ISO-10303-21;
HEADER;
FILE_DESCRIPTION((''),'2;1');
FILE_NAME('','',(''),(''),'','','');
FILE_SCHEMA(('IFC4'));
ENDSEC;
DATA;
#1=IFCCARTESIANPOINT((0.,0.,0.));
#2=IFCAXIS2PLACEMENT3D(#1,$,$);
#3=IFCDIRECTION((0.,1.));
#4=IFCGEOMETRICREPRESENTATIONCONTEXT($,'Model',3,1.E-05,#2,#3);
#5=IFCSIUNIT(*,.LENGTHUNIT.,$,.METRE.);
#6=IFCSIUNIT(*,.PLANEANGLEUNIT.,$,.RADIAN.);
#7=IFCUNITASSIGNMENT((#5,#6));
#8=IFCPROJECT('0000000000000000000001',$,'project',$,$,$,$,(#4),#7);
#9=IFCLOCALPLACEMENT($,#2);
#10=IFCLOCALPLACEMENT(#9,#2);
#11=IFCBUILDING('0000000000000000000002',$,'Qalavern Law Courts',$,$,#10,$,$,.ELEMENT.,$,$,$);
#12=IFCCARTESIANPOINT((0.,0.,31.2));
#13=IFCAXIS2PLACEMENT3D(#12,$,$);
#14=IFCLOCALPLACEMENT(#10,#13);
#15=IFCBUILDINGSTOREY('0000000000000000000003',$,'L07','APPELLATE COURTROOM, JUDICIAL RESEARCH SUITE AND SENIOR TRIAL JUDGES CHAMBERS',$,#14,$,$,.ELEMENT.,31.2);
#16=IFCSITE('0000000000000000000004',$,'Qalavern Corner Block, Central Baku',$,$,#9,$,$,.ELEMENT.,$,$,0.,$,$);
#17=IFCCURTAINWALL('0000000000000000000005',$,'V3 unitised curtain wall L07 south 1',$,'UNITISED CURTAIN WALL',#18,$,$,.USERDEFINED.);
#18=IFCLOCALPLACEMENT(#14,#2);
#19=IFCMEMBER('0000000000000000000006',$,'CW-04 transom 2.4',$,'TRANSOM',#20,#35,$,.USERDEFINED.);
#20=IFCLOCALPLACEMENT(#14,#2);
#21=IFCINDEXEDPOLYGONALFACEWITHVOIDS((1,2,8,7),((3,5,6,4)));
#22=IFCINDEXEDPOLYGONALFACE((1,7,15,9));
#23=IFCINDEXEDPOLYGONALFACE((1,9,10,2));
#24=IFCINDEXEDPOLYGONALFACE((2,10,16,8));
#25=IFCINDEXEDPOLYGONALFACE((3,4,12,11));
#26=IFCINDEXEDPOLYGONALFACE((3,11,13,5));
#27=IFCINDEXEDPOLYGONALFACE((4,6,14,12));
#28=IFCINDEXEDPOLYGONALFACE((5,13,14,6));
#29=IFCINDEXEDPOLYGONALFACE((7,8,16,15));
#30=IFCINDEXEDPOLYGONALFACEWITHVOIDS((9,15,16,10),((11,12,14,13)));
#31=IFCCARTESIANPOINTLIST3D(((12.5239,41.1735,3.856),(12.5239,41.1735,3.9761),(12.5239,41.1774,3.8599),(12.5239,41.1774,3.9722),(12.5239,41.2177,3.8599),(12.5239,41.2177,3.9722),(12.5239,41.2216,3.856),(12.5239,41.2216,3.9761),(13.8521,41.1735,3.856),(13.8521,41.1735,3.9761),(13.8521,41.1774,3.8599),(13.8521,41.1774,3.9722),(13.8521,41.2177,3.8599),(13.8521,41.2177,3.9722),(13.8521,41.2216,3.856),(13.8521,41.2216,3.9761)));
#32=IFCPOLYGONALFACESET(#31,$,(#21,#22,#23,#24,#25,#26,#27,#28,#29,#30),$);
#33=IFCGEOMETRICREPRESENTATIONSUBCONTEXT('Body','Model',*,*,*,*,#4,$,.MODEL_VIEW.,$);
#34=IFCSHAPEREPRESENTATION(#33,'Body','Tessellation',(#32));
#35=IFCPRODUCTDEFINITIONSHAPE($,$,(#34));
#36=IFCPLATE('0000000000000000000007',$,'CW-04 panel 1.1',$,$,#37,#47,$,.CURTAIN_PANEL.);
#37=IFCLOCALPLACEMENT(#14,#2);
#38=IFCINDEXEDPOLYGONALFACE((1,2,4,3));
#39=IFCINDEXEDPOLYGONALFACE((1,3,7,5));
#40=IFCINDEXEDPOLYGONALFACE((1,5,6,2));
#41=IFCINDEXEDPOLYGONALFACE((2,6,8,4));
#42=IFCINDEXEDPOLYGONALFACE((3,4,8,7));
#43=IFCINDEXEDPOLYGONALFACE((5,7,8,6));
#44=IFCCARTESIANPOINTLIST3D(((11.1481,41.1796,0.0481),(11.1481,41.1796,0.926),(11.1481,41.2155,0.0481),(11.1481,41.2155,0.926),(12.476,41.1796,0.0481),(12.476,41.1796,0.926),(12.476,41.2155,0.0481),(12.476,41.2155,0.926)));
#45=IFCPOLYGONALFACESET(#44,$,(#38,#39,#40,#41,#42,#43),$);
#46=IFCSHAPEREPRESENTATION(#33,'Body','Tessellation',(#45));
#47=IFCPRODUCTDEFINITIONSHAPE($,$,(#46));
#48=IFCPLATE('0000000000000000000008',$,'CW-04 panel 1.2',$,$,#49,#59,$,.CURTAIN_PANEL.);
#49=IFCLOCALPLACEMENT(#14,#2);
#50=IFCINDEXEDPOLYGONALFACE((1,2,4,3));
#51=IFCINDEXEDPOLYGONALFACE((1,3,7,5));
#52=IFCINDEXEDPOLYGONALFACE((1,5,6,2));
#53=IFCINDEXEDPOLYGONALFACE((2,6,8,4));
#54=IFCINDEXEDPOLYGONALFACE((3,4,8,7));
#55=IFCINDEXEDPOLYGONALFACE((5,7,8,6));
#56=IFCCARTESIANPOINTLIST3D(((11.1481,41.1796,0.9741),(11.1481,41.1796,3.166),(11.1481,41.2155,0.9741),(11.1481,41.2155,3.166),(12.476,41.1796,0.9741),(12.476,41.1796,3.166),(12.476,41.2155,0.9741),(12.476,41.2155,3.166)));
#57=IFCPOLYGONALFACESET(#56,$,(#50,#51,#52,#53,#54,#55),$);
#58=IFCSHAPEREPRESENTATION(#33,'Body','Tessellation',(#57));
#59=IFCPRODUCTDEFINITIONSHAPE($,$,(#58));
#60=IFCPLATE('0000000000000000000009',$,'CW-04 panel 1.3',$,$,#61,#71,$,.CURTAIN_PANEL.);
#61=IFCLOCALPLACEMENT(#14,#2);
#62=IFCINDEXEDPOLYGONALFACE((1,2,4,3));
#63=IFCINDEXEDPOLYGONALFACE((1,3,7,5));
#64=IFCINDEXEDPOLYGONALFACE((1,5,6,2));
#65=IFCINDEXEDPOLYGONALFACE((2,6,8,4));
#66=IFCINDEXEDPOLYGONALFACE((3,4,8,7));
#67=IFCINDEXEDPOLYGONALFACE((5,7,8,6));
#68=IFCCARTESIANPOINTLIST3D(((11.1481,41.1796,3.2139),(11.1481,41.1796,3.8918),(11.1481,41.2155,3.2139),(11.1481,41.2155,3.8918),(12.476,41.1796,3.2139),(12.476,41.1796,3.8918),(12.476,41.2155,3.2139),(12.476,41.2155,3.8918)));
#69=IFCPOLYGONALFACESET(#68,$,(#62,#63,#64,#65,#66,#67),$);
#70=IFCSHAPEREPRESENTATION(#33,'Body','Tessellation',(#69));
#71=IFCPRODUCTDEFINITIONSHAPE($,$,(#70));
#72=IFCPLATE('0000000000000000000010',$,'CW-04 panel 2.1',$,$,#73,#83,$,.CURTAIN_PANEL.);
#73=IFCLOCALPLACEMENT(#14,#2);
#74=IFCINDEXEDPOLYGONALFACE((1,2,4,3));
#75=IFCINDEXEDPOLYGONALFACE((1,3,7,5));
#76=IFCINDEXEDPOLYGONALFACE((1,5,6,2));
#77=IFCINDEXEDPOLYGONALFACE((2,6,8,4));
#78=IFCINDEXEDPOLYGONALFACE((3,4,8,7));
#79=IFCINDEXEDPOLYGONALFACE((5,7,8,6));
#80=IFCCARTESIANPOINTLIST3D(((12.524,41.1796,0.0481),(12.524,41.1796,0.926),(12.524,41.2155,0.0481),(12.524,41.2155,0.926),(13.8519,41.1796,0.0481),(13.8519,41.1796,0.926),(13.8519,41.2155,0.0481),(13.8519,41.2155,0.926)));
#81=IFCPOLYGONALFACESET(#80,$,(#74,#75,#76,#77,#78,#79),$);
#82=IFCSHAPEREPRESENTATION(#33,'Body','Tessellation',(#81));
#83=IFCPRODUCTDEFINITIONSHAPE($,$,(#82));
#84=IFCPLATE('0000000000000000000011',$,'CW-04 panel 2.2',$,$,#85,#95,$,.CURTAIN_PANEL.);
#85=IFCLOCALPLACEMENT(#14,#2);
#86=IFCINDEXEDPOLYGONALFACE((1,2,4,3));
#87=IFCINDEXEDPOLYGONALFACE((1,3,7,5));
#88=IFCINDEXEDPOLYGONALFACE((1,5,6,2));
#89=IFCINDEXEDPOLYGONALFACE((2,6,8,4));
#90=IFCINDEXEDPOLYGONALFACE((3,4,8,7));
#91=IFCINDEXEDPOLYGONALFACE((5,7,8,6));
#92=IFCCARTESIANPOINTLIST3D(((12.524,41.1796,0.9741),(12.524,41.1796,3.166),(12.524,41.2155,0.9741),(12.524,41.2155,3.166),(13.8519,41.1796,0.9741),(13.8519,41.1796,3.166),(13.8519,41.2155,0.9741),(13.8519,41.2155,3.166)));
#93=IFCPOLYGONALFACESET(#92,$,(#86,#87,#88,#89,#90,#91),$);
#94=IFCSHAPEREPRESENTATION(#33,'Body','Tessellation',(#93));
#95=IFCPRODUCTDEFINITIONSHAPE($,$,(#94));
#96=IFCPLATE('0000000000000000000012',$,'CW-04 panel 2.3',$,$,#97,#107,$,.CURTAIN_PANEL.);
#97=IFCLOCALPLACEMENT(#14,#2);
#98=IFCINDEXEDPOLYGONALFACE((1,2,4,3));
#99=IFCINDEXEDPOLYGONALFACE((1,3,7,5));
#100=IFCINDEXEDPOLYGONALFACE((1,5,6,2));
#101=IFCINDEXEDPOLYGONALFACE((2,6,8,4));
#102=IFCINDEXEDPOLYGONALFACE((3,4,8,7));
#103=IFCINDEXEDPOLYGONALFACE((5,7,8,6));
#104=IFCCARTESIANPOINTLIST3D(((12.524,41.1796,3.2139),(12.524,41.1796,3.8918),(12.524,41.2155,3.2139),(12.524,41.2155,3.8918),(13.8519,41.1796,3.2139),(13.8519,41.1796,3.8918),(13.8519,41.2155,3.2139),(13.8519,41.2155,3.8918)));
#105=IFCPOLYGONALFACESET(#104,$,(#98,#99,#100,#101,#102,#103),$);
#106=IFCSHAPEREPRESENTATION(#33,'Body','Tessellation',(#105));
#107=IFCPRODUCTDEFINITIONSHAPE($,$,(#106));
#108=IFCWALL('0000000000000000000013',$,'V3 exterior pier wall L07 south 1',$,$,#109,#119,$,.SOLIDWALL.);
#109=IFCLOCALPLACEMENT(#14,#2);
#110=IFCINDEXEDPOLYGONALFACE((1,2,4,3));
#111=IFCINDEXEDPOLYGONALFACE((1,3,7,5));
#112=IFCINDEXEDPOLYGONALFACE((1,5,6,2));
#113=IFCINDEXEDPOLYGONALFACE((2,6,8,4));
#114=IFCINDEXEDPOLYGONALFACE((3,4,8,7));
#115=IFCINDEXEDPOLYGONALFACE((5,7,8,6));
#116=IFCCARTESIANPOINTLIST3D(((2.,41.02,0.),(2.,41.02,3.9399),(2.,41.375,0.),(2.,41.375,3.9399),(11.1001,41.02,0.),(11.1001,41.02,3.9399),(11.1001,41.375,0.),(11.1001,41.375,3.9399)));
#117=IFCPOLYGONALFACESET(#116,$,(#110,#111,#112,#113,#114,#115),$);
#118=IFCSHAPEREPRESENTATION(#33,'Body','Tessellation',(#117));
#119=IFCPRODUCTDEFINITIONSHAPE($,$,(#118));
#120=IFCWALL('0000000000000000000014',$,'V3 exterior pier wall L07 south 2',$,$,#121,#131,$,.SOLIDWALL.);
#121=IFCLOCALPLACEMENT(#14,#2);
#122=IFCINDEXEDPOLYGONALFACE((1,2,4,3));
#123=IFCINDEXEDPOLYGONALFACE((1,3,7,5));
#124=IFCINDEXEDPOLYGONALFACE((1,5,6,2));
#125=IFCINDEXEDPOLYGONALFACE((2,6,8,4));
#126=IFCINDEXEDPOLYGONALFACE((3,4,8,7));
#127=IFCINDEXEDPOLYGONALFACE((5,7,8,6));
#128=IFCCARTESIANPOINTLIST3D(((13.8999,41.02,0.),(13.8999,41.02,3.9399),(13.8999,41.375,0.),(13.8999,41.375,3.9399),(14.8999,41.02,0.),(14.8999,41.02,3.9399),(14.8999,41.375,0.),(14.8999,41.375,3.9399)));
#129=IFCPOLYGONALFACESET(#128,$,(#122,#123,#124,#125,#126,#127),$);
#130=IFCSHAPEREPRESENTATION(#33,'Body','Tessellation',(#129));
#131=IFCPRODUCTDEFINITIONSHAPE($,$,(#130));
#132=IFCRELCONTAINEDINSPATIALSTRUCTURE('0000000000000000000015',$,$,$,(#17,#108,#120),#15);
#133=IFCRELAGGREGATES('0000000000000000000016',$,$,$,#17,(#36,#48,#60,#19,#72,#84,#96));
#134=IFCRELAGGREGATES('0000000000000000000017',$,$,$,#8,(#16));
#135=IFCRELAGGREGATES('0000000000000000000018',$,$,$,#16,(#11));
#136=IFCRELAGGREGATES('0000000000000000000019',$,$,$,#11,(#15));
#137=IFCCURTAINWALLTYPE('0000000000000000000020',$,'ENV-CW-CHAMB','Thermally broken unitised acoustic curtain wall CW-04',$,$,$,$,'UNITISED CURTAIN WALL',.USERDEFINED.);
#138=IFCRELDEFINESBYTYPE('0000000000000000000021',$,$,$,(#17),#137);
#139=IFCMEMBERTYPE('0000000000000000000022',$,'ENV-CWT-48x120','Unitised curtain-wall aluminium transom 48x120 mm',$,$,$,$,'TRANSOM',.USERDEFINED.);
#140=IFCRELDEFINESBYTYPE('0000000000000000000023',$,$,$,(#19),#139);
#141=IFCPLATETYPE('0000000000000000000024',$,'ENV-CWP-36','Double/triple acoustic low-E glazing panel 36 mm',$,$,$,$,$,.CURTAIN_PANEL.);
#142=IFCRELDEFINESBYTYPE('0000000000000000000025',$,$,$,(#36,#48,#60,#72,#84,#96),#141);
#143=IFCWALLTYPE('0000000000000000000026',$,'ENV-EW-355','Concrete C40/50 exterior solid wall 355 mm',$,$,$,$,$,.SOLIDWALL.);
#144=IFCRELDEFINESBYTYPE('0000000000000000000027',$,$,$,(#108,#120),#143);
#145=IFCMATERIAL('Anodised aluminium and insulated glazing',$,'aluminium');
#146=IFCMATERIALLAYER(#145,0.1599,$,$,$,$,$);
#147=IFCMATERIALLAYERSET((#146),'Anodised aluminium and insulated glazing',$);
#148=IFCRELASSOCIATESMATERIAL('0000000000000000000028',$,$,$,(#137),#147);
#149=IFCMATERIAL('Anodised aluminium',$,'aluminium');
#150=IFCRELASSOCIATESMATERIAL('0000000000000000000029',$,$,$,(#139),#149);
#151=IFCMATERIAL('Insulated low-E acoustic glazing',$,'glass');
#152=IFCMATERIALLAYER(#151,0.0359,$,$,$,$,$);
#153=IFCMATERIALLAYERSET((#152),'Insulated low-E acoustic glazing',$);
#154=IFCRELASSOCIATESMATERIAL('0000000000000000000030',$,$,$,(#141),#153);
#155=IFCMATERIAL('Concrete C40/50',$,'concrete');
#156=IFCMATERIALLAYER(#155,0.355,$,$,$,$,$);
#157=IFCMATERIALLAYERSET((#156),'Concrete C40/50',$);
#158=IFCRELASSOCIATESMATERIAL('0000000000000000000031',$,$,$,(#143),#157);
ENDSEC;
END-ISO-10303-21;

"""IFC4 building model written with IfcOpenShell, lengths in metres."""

from ifc_helpers import new_model, si_unit, direction, frame, frame_2d, origin, origin_2d, place, context, subcontext, project, spatial, rectangle, hollow_rectangle, extrude, material, layer, layer_set, material_profile, profile_set, type_object, element, aggregate, save


model = new_model("IFC4")

# Units and contexts
model_context = context("Model", 3, precision=1e-05, world=origin(), true_north=direction((0.0, 1.0)))
body_context = subcontext(model_context, "Body", "Model", "MODEL_VIEW")
ifc_project = project(units=[si_unit("LENGTHUNIT", "METRE"), si_unit("PLANEANGLEUNIT", "RADIAN")], contexts=[model_context])

# Site, building, storey
site_placement = place(None, origin())
site = spatial("IfcSite", under=ifc_project, at=site_placement, Name="Qalavern Corner Block, Central Baku", CompositionType="ELEMENT", RefElevation=0.0)
building_placement = place(site_placement, origin())
building = spatial("IfcBuilding", under=site, at=building_placement, Name="Qalavern Law Courts", CompositionType="ELEMENT")
storey_placement = place(building_placement, frame((0.0, 0.0, 31.2)))
storey = spatial("IfcBuildingStorey", under=building, at=storey_placement, Name="L07", Description="APPELLATE COURTROOM, JUDICIAL RESEARCH SUITE AND SENIOR TRIAL JUDGES CHAMBERS", CompositionType="ELEMENT", Elevation=31.2)

# Curtain wall
ifc_material_1 = material(Name="Anodised aluminium and insulated glazing", Category="aluminium")
ifc_layer_1 = layer(ifc_material_1, 0.1599)
ifc_layer_set_1 = layer_set([ifc_layer_1], Name="Anodised aluminium and insulated glazing")
curtain_wall_type = type_object("IfcCurtainWallType", Name="ENV-CW-CHAMB", Description="Thermally broken unitised acoustic curtain wall CW-04", ElementType="UNITISED CURTAIN WALL", PredefinedType="USERDEFINED", material=ifc_layer_set_1)
curtain_wall_1_placement = place(storey_placement, origin())
curtain_wall_1 = element("IfcCurtainWall", 1, at=curtain_wall_1_placement, inside=storey, type_object=curtain_wall_type, Name="V3 unitised curtain wall L07 south 1", ObjectType="UNITISED CURTAIN WALL", PredefinedType="USERDEFINED")
ifc_material_2 = material(Name="Anodised aluminium", Category="aluminium")

# Member
ifc_material_profile_1 = material_profile(ifc_material_2, hollow_rectangle(XDim=0.0481, YDim=0.1201, WallThickness=0.0039, at=origin_2d()), Name="ALU TRANSOM 48x120")
ifc_profile_set_1 = profile_set([ifc_material_profile_1], Name="Anodised aluminium")
member_type_1 = type_object("IfcMemberType", Name="ENV-CWT-48x120", Description="Unitised curtain-wall aluminium transom 48x120 mm", ElementType="TRANSOM", PredefinedType="USERDEFINED", material=ifc_profile_set_1)
member_1_placement = place(storey_placement, frame((12.5239, 41.1975, 3.916), z_axis=(1.0, 0.0, 0.0), x_axis=(0.0, 1.0, 0.0)))
member_1 = element("IfcMember", 2, at=member_1_placement, type_object=member_type_1, Name="CW-04 transom 2.4", ObjectType="TRANSOM", PredefinedType="USERDEFINED", context=body_context, shape_type="SweptSolid", body=[
    extrude(hollow_rectangle(XDim=0.0481, YDim=0.1201, WallThickness=0.0039, at=origin_2d()), origin(), (0.0, 0.0, 1.0), 1.3281),
])

# Plates
ifc_material_3 = material(Name="Insulated low-E acoustic glazing", Category="glass")
ifc_layer_2 = layer(ifc_material_3, 0.0359)
ifc_layer_set_2 = layer_set([ifc_layer_2], Name="Insulated low-E acoustic glazing")
plate_type = type_object("IfcPlateType", Name="ENV-CWP-36", Description="Double/triple acoustic low-E glazing panel 36 mm", PredefinedType="CURTAIN_PANEL", material=ifc_layer_set_2)
plate_1_placement = place(storey_placement, frame((11.812, 41.1975, 0.0481), z_axis=(0.0, 0.0, 1.0), x_axis=(1.0, 0.0, 0.0)))
plate_1 = element("IfcPlate", 3, at=plate_1_placement, type_object=plate_type, Name="CW-04 panel 1.1", PredefinedType="CURTAIN_PANEL", context=body_context, shape_type="SweptSolid", body=[
    extrude(rectangle(XDim=1.3279, YDim=0.0359, at=origin_2d()), origin(), (0.0, 0.0, 1.0), 0.8779),
])
plate_2_placement = place(storey_placement, frame((11.812, 41.1975, 0.9741), z_axis=(0.0, 0.0, 1.0), x_axis=(1.0, 0.0, 0.0)))
plate_2 = element("IfcPlate", 4, at=plate_2_placement, type_object=plate_type, Name="CW-04 panel 1.2", PredefinedType="CURTAIN_PANEL", context=body_context, shape_type="SweptSolid", body=[
    extrude(rectangle(XDim=1.3279, YDim=0.0359, at=origin_2d()), origin(), (0.0, 0.0, 1.0), 2.1919),
])
plate_3_placement = place(storey_placement, frame((11.812, 41.1975, 3.2139), z_axis=(0.0, 0.0, 1.0), x_axis=(1.0, 0.0, 0.0)))
plate_3 = element("IfcPlate", 5, at=plate_3_placement, type_object=plate_type, Name="CW-04 panel 1.3", PredefinedType="CURTAIN_PANEL", context=body_context, shape_type="SweptSolid", body=[
    extrude(rectangle(XDim=1.3279, YDim=0.0359, at=origin_2d()), origin(), (0.0, 0.0, 1.0), 0.678),
])
plate_4_placement = place(storey_placement, frame((13.188, 41.1975, 0.0481), z_axis=(0.0, 0.0, 1.0), x_axis=(1.0, 0.0, 0.0)))
plate_4 = element("IfcPlate", 6, at=plate_4_placement, type_object=plate_type, Name="CW-04 panel 2.1", PredefinedType="CURTAIN_PANEL", context=body_context, shape_type="SweptSolid", body=[
    extrude(rectangle(XDim=1.3279, YDim=0.0359, at=origin_2d()), origin(), (0.0, 0.0, 1.0), 0.8779),
])
plate_5_placement = place(storey_placement, frame((13.188, 41.1975, 0.9741), z_axis=(0.0, 0.0, 1.0), x_axis=(1.0, 0.0, 0.0)))
plate_5 = element("IfcPlate", 7, at=plate_5_placement, type_object=plate_type, Name="CW-04 panel 2.2", PredefinedType="CURTAIN_PANEL", context=body_context, shape_type="SweptSolid", body=[
    extrude(rectangle(XDim=1.3279, YDim=0.0359, at=origin_2d()), origin(), (0.0, 0.0, 1.0), 2.1919),
])
plate_6_placement = place(storey_placement, frame((13.188, 41.1975, 3.2139), z_axis=(0.0, 0.0, 1.0), x_axis=(1.0, 0.0, 0.0)))
plate_6 = element("IfcPlate", 8, at=plate_6_placement, type_object=plate_type, Name="CW-04 panel 2.3", PredefinedType="CURTAIN_PANEL", context=body_context, shape_type="SweptSolid", body=[
    extrude(rectangle(XDim=1.3279, YDim=0.0359, at=origin_2d()), origin(), (0.0, 0.0, 1.0), 0.678),
])
aggregate(curtain_wall_1, [plate_1, plate_2, plate_3, member_1, plate_4, plate_5, plate_6])

# Walls
ifc_material_4 = material(Name="Concrete C40/50", Category="concrete")
ifc_layer_3 = layer(ifc_material_4, 0.355)
ifc_layer_set_3 = layer_set([ifc_layer_3], Name="Concrete C40/50")
wall_type = type_object("IfcWallType", Name="ENV-EW-355", Description="Concrete C40/50 exterior solid wall 355 mm", PredefinedType="SOLIDWALL", material=ifc_layer_set_3)
wall_1_placement = place(storey_placement, frame((2.0, 41.1975, 0.0), z_axis=(0.0, 0.0, 1.0), x_axis=(1.0, 0.0, 0.0)))
element("IfcWall", 9, at=wall_1_placement, inside=storey, type_object=wall_type, Name="V3 exterior pier wall L07 south 1", PredefinedType="SOLIDWALL", context=body_context, shape_type="SweptSolid", body=[
    extrude(rectangle(XDim=9.1001, YDim=0.355, at=frame_2d((4.55, 0.0))), origin(), (0.0, 0.0, 1.0), 3.9399),
])
wall_2_placement = place(storey_placement, frame((13.8999, 41.1975, 0.0), z_axis=(0.0, 0.0, 1.0), x_axis=(1.0, 0.0, 0.0)))
element("IfcWall", 10, at=wall_2_placement, inside=storey, type_object=wall_type, Name="V3 exterior pier wall L07 south 2", PredefinedType="SOLIDWALL", context=body_context, shape_type="SweptSolid", body=[
    extrude(rectangle(XDim=1.0, YDim=0.355, at=frame_2d((0.5, 0.0))), origin(), (0.0, 0.0, 1.0), 3.9399),
])

save(model, "model.ifc")
